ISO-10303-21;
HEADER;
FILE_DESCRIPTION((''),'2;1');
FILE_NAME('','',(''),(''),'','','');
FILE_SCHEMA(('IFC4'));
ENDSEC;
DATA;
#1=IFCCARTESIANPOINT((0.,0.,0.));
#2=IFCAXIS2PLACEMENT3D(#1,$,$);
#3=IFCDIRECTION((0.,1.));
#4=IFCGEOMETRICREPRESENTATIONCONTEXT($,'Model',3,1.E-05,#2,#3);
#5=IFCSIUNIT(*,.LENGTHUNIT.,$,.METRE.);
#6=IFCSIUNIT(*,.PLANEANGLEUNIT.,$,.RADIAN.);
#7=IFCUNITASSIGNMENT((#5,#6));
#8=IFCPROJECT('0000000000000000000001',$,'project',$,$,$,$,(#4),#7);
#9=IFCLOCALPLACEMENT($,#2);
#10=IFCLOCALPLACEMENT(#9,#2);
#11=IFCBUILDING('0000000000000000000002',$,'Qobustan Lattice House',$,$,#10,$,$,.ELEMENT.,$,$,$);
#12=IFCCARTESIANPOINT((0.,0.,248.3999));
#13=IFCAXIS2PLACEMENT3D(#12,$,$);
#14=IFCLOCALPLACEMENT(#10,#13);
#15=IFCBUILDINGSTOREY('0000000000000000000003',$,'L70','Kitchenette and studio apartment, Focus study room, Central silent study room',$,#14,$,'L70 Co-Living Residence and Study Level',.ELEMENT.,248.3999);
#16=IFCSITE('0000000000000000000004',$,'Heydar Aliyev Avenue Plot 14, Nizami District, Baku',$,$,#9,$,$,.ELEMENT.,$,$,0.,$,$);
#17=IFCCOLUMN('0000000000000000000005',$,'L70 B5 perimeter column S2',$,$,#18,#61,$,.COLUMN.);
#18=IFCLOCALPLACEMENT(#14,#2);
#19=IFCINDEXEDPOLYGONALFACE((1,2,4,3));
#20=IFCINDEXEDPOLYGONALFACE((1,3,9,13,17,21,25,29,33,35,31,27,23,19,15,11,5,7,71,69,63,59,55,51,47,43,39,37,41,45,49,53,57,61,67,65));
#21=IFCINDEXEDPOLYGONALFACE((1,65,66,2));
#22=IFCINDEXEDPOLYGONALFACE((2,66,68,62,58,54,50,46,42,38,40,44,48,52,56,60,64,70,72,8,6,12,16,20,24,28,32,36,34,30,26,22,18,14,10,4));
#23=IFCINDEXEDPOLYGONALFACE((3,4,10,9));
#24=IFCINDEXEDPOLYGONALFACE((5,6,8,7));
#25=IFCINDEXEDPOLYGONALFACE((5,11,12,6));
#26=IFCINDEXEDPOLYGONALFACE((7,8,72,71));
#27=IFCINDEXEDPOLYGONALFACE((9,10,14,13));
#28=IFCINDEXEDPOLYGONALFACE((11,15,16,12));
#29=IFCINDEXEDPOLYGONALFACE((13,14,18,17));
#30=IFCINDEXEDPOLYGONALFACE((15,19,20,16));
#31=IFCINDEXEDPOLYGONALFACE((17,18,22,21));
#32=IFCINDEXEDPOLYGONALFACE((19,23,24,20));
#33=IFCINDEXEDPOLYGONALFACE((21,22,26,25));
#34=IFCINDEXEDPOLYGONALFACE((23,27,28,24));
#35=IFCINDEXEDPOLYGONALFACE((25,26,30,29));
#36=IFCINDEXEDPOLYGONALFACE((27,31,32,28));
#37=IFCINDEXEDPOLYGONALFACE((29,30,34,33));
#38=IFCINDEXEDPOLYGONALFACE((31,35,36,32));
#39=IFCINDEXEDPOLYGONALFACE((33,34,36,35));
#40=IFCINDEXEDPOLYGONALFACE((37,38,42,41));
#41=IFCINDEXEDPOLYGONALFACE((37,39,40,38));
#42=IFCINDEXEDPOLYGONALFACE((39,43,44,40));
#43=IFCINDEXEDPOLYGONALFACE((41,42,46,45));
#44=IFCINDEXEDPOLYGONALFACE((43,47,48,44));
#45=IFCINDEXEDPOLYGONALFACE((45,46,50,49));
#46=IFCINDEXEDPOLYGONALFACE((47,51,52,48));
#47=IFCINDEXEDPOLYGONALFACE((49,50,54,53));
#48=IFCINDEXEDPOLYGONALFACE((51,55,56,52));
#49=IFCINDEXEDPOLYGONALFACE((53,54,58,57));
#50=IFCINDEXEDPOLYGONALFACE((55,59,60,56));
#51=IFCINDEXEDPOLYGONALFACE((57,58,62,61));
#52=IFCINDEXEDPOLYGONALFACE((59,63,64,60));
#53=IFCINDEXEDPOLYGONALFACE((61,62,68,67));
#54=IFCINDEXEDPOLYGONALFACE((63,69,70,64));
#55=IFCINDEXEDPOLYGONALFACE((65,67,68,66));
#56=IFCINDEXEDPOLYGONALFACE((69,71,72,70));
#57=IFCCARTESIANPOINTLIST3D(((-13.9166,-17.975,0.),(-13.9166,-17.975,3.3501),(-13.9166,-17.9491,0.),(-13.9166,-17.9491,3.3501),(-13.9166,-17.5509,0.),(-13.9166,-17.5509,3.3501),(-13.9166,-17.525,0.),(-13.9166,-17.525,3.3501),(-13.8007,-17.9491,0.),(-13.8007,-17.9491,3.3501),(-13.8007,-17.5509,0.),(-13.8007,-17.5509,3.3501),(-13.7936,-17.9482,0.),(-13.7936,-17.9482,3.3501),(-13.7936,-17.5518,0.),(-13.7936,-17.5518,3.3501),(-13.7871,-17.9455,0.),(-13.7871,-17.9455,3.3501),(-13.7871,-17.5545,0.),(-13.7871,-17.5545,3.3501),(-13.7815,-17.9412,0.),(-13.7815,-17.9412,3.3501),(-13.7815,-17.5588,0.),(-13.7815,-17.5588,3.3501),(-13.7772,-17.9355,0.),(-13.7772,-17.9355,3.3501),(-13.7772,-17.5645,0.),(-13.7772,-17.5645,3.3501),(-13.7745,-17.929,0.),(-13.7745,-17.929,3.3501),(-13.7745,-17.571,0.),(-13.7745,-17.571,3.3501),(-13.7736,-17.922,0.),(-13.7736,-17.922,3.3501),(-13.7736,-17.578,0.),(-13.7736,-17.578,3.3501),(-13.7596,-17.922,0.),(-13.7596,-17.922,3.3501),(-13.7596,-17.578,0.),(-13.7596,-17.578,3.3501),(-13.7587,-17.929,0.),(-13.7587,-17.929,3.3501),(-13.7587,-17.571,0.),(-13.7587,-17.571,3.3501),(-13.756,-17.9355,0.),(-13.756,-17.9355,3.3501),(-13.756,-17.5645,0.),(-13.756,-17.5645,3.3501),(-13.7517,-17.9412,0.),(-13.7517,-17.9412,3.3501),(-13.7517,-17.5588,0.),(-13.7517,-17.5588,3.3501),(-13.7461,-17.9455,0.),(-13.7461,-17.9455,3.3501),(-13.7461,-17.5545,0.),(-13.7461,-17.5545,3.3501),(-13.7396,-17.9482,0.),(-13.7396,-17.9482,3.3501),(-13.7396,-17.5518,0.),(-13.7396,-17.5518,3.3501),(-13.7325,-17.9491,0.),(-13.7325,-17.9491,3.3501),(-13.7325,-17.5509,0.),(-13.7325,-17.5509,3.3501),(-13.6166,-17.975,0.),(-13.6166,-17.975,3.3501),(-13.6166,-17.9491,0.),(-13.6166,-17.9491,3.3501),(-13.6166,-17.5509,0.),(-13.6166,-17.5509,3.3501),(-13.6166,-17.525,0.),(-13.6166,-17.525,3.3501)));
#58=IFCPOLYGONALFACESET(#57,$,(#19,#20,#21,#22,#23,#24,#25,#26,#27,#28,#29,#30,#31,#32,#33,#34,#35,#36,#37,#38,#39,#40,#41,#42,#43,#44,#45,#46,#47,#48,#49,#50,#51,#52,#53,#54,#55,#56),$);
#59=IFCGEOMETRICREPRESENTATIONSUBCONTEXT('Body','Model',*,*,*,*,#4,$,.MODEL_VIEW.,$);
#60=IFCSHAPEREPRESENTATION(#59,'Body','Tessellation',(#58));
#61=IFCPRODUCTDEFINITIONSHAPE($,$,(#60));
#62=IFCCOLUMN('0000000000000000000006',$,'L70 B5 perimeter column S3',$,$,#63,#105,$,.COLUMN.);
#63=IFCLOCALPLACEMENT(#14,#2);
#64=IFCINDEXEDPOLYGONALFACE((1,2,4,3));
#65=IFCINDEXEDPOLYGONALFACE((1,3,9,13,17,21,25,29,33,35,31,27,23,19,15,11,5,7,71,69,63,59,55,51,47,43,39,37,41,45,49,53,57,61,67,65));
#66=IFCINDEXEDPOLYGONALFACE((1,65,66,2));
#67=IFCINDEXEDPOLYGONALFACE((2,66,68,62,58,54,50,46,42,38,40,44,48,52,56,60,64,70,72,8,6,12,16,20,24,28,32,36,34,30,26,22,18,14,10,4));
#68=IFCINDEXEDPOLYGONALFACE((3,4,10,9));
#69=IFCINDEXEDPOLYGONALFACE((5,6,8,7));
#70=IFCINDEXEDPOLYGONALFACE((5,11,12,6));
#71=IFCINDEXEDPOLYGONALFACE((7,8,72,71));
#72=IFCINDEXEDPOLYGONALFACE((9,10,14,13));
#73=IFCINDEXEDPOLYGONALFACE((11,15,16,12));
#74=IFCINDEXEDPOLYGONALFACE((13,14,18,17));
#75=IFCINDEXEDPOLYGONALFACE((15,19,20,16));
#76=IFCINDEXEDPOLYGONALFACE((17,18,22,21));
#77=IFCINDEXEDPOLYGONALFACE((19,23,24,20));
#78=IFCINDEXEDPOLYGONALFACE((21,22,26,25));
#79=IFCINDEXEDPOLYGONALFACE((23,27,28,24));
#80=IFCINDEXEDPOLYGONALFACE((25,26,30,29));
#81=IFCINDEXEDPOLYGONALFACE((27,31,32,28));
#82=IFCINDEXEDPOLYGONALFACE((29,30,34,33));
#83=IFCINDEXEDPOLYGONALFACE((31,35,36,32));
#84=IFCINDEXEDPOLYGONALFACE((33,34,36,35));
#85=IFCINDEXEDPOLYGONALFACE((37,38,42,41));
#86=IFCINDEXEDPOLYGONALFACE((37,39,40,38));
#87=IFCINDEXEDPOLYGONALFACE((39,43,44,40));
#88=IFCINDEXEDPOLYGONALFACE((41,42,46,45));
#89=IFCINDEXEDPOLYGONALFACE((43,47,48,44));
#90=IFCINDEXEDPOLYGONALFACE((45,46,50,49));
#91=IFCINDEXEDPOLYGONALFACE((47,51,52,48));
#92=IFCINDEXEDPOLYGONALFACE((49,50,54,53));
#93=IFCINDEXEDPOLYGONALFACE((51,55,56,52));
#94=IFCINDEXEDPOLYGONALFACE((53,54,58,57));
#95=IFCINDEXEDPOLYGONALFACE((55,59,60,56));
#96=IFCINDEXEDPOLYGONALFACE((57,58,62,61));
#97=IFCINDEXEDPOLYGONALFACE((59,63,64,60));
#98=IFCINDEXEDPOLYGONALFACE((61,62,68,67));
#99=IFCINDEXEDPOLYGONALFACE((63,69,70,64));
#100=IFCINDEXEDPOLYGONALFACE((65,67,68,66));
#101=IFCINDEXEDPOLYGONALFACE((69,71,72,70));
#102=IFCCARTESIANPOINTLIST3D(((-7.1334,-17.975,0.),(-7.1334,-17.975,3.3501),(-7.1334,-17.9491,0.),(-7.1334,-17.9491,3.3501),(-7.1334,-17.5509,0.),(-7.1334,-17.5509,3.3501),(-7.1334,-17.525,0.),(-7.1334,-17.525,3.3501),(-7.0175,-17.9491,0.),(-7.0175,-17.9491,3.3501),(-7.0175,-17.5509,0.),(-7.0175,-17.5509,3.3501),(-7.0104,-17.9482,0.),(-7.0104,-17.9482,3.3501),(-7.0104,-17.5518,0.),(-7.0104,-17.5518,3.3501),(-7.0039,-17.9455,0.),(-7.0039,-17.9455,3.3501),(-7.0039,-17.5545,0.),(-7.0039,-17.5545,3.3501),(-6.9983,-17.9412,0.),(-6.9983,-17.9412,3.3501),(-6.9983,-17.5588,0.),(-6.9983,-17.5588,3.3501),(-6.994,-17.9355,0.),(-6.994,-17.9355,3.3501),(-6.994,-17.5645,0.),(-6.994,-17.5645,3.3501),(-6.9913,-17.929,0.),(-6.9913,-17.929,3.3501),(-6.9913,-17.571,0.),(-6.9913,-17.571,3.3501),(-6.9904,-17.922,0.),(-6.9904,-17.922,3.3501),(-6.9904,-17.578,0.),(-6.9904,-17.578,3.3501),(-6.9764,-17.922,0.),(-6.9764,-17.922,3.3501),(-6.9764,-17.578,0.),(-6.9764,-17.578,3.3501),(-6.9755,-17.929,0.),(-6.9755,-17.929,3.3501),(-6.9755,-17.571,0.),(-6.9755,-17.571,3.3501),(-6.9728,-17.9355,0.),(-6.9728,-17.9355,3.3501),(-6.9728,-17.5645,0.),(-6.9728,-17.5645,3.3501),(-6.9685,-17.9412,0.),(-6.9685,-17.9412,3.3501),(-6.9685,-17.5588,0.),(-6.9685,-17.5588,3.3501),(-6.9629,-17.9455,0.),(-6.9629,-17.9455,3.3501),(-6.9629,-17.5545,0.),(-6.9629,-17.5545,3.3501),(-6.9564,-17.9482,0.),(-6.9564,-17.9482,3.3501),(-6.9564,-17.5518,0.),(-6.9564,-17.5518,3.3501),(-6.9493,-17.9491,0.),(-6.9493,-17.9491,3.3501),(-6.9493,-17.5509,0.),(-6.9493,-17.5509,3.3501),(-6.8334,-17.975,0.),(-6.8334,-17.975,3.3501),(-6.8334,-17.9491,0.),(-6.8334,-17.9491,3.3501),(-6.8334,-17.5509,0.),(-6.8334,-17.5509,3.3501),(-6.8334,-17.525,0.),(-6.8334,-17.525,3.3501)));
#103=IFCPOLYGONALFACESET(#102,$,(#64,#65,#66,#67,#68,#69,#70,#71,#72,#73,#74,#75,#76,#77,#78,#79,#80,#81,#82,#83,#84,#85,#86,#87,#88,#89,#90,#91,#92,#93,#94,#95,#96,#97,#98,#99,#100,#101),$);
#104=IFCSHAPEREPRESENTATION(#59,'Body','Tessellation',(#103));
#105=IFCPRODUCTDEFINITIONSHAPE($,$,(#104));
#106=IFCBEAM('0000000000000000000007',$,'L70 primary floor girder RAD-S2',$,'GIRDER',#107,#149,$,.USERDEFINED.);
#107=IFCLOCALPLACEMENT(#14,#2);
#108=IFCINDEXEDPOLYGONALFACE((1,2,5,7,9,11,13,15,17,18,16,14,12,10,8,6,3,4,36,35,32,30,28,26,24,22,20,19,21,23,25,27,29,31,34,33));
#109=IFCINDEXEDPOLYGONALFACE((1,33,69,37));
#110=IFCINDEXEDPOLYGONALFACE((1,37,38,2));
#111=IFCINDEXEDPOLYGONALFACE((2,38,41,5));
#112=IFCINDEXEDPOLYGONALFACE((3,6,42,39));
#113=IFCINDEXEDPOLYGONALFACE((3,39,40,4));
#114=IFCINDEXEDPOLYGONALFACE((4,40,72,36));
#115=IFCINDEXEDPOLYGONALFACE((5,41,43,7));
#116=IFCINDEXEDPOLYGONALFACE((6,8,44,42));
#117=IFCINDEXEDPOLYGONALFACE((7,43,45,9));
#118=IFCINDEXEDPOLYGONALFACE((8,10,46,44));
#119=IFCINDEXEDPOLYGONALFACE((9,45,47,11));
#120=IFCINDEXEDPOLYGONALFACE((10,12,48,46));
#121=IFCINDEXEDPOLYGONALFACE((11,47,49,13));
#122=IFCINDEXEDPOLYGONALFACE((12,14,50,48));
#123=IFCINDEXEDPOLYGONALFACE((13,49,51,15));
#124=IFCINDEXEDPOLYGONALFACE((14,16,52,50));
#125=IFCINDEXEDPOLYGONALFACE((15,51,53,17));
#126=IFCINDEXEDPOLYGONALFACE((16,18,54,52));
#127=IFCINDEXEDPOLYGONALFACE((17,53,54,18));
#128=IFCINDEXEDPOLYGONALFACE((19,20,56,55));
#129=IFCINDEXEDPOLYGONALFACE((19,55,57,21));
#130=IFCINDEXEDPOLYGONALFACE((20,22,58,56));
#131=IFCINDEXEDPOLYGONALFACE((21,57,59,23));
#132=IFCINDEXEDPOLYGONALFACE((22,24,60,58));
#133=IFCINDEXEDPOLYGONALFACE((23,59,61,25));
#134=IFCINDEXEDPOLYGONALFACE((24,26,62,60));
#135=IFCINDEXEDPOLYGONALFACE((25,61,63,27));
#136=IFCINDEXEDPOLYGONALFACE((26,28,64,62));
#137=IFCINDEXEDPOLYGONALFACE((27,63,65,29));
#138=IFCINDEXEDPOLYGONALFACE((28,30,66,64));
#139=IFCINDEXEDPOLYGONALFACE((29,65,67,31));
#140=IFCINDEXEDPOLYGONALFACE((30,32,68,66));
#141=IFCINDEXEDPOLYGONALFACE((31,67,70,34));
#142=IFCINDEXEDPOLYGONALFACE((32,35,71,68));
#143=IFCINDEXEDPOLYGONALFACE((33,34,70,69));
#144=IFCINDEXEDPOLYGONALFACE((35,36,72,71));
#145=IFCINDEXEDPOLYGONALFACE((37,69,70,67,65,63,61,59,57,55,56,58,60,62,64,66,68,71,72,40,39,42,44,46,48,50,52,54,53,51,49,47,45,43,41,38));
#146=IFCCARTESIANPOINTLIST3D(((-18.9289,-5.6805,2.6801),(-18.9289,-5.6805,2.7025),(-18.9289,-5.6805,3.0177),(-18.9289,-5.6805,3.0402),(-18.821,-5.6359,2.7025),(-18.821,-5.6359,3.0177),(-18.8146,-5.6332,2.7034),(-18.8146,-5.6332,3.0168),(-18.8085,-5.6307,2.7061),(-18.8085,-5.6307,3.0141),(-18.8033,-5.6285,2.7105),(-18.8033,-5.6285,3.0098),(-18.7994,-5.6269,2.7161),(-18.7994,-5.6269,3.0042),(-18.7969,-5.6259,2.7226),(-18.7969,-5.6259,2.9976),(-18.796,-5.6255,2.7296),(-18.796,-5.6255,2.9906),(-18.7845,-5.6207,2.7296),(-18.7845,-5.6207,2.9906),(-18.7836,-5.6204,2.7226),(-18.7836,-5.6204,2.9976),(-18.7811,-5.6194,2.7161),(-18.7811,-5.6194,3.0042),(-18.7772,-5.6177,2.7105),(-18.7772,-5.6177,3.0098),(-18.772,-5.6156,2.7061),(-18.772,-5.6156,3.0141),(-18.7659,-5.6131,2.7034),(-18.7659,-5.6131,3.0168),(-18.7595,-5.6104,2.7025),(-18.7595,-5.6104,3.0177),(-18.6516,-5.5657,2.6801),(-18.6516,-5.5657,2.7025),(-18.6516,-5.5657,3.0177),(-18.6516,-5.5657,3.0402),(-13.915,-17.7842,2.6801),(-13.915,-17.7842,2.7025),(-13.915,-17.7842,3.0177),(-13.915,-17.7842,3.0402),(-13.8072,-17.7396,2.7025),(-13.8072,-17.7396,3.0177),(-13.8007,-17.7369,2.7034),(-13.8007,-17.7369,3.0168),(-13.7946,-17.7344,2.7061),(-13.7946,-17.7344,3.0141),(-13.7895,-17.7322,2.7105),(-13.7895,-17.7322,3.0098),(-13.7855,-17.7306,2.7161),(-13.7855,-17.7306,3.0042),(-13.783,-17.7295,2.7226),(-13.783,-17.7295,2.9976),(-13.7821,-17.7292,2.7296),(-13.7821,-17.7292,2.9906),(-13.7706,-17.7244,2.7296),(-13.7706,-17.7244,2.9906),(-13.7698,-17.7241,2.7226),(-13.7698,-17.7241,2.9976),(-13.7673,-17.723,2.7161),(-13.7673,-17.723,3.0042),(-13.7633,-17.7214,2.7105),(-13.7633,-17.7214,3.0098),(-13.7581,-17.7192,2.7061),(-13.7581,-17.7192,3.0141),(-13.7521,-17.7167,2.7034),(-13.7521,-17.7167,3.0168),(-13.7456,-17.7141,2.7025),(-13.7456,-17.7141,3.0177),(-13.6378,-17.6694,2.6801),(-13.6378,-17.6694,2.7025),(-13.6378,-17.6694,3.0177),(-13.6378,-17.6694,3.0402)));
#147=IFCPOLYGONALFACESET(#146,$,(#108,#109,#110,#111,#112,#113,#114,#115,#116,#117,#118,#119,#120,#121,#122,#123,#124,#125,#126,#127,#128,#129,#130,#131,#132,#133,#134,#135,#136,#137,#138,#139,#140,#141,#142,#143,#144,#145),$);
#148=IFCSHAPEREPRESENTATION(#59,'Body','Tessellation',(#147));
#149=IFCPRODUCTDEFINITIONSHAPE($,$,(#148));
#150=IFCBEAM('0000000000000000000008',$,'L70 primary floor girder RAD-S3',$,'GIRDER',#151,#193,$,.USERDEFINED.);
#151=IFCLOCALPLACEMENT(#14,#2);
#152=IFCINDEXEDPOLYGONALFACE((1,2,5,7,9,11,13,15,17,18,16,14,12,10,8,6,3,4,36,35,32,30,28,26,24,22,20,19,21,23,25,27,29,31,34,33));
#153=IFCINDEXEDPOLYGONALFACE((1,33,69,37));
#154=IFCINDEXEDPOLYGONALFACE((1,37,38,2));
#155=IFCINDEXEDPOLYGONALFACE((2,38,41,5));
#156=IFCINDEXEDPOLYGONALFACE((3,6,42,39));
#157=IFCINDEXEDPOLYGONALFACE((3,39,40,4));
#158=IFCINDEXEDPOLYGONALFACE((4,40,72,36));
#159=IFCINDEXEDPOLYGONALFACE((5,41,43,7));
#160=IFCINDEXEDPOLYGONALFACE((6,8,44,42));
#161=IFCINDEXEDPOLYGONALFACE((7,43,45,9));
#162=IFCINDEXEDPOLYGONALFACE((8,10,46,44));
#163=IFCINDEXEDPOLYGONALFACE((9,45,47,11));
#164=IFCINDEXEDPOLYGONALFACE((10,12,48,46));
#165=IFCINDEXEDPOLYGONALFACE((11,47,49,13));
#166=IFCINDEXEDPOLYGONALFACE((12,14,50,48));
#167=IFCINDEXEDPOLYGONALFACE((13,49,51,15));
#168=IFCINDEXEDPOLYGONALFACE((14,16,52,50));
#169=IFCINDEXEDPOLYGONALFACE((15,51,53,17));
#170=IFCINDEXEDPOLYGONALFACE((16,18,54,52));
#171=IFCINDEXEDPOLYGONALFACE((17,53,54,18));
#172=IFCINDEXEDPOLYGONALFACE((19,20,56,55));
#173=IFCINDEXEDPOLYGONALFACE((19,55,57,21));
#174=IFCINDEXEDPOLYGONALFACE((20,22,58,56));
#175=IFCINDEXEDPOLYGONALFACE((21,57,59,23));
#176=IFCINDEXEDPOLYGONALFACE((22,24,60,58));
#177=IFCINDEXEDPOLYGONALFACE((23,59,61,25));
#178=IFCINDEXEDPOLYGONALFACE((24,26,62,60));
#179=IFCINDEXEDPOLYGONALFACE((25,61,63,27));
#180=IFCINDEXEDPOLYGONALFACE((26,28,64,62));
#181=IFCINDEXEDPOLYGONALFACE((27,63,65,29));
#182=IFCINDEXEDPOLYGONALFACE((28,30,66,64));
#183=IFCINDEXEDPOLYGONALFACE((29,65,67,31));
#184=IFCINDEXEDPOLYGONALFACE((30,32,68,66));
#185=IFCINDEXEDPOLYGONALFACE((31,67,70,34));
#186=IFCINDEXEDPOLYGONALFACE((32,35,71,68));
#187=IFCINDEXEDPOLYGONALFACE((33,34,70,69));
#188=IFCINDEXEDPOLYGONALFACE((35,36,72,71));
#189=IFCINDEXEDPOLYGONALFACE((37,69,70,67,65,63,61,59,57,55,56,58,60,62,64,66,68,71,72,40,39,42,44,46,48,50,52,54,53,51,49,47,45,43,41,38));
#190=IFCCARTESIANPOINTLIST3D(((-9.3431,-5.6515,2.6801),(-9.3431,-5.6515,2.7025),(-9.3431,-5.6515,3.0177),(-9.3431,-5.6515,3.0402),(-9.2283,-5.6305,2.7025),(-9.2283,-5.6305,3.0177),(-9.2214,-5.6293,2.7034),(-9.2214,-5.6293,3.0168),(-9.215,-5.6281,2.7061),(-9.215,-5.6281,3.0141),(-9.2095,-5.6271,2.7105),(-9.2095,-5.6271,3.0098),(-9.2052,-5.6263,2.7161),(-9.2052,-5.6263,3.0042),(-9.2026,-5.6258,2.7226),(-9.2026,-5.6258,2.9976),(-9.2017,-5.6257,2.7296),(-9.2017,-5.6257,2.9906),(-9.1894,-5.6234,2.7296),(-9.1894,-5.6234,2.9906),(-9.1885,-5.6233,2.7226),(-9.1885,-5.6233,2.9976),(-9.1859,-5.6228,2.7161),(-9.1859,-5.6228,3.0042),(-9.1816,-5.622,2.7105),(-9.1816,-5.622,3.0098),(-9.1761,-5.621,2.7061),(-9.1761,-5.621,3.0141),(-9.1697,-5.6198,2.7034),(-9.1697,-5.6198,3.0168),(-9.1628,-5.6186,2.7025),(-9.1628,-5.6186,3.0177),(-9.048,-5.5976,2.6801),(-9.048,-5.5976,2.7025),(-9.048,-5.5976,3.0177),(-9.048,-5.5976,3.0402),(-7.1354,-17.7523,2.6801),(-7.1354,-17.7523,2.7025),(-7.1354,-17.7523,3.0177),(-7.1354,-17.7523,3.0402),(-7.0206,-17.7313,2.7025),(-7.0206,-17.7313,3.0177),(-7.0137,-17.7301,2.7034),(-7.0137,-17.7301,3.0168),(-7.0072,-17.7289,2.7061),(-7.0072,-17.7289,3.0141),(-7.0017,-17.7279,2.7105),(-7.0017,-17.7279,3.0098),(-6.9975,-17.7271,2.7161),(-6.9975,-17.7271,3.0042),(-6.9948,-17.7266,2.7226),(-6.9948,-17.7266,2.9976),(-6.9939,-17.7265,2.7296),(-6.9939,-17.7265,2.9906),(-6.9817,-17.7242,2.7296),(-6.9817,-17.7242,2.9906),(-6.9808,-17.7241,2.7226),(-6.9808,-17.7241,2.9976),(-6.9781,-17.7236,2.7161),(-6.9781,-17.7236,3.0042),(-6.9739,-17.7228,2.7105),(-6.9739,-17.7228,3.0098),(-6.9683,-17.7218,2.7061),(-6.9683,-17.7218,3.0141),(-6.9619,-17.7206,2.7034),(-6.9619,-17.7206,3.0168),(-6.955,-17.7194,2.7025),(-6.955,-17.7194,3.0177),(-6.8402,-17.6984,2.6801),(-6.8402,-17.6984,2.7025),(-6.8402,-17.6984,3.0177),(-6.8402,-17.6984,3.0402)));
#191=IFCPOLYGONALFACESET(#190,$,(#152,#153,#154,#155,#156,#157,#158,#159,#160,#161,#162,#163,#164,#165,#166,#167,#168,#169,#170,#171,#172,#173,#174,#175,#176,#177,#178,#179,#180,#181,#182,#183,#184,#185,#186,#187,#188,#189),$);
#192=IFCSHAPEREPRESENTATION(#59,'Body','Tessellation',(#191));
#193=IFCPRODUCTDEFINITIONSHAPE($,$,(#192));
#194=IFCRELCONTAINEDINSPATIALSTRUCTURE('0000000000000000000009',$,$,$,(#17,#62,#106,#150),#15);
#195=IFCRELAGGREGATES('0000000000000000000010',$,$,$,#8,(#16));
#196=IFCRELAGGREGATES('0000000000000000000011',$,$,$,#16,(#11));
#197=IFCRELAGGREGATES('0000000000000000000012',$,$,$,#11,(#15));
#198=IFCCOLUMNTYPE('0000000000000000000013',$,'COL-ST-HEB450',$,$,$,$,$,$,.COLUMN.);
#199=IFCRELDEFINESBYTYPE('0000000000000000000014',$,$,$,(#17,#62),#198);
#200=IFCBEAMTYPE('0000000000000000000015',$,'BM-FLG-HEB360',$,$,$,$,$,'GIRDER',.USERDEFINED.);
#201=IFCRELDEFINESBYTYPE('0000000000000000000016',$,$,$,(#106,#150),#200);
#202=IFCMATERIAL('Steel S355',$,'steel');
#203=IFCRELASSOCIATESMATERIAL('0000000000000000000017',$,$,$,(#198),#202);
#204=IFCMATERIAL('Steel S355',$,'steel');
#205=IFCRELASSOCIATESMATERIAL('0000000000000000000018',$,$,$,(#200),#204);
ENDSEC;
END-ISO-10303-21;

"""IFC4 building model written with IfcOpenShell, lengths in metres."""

from ifc_helpers import new_model, si_unit, direction, frame, origin, origin_2d, place, context, subcontext, project, spatial, i_section, extrude, material, material_profile, profile_set, type_object, element, save


model = new_model("IFC4")

# Units and contexts
model_context = context("Model", 3, precision=1e-05, world=origin(), true_north=direction((0.0, 1.0)))
body_context = subcontext(model_context, "Body", "Model", "MODEL_VIEW")
ifc_project = project(units=[si_unit("LENGTHUNIT", "METRE"), si_unit("PLANEANGLEUNIT", "RADIAN")], contexts=[model_context])

# Site, building, storey
site_placement = place(None, origin())
site = spatial("IfcSite", under=ifc_project, at=site_placement, Name="Heydar Aliyev Avenue Plot 14, Nizami District, Baku", CompositionType="ELEMENT", RefElevation=0.0)
building_placement = place(site_placement, origin())
building = spatial("IfcBuilding", under=site, at=building_placement, Name="Qobustan Lattice House", CompositionType="ELEMENT")
storey_placement = place(building_placement, frame((0.0, 0.0, 248.3999)))
storey = spatial("IfcBuildingStorey", under=building, at=storey_placement, Name="L70", Description="Kitchenette and studio apartment, Focus study room, Central silent study room", LongName="L70 Co-Living Residence and Study Level", CompositionType="ELEMENT", Elevation=248.3999)

# Columns
ifc_material_1 = material(Name="Steel S355", Category="steel")
ifc_material_profile_1 = material_profile(ifc_material_1, i_section(OverallWidth=0.3, OverallDepth=0.45, WebThickness=0.0139, FlangeThickness=0.0259, FilletRadius=0.0271, at=origin_2d()), Name="HEB450")
ifc_profile_set_1 = profile_set([ifc_material_profile_1], Name="Steel S355")
column_type = type_object("IfcColumnType", Name="COL-ST-HEB450", PredefinedType="COLUMN", material=ifc_profile_set_1)
for number, where, z_axis, x_axis, name in (
    (1, (-13.7666, -17.75, 0.0), (0.0, 0.0, 1.0), (1.0, 0.0, 0.0), "L70 B5 perimeter column S2"),
    (2, (-6.9834, -17.75, 0.0), (0.0, 0.0, 1.0), (1.0, 0.0, 0.0), "L70 B5 perimeter column S3"),
):
    element("IfcColumn", number, at=place(storey_placement, frame(where, z_axis=z_axis, x_axis=x_axis)), inside=storey, type_object=column_type, Name=name, PredefinedType="COLUMN", context=body_context, shape_type="SweptSolid", body=[
        extrude(i_section(OverallWidth=0.3, OverallDepth=0.45, WebThickness=0.0139, FlangeThickness=0.0259, FilletRadius=0.0271, at=origin_2d()), origin(), (0.0, 0.0, 1.0), 3.3501),
    ])

# Beams
ifc_material_2 = material(Name="Steel S355", Category="steel")
ifc_material_profile_2 = material_profile(ifc_material_2, i_section(OverallWidth=0.3, OverallDepth=0.3601, WebThickness=0.0125, FlangeThickness=0.0225, FilletRadius=0.0271, at=origin_2d()), Name="HEB360")
ifc_profile_set_2 = profile_set([ifc_material_profile_2], Name="Steel S355")
beam_type_1 = type_object("IfcBeamType", Name="BM-FLG-HEB360", ElementType="GIRDER", PredefinedType="USERDEFINED", material=ifc_profile_set_2)
beam_1_placement = place(storey_placement, frame((-13.7764, -17.7268, 2.8601), z_axis=(-0.382708, 0.923869, 0.0), x_axis=(-0.923869, -0.382708, 0.0)))
element("IfcBeam", 3, at=beam_1_placement, inside=storey, type_object=beam_type_1, Name="L70 primary floor girder RAD-S2", ObjectType="GIRDER", PredefinedType="USERDEFINED", context=body_context, shape_type="SweptSolid", body=[
    extrude(i_section(OverallWidth=0.3, OverallDepth=0.3601, WebThickness=0.0125, FlangeThickness=0.0225, FilletRadius=0.0271, at=origin_2d()), origin(), (0.0, 0.0, 1.0), 13.1011),
])
beam_2_placement = place(storey_placement, frame((-6.9878, -17.7253, 2.8601), z_axis=(-0.179484, 0.983761, 0.0), x_axis=(-0.983761, -0.179484, 0.0)))
element("IfcBeam", 4, at=beam_2_placement, inside=storey, type_object=beam_type_1, Name="L70 primary floor girder RAD-S3", ObjectType="GIRDER", PredefinedType="USERDEFINED", context=body_context, shape_type="SweptSolid", body=[
    extrude(i_section(OverallWidth=0.3, OverallDepth=0.3601, WebThickness=0.0125, FlangeThickness=0.0225, FilletRadius=0.0271, at=origin_2d()), origin(), (0.0, 0.0, 1.0), 12.3005),
])

save(model, "model.ifc")
